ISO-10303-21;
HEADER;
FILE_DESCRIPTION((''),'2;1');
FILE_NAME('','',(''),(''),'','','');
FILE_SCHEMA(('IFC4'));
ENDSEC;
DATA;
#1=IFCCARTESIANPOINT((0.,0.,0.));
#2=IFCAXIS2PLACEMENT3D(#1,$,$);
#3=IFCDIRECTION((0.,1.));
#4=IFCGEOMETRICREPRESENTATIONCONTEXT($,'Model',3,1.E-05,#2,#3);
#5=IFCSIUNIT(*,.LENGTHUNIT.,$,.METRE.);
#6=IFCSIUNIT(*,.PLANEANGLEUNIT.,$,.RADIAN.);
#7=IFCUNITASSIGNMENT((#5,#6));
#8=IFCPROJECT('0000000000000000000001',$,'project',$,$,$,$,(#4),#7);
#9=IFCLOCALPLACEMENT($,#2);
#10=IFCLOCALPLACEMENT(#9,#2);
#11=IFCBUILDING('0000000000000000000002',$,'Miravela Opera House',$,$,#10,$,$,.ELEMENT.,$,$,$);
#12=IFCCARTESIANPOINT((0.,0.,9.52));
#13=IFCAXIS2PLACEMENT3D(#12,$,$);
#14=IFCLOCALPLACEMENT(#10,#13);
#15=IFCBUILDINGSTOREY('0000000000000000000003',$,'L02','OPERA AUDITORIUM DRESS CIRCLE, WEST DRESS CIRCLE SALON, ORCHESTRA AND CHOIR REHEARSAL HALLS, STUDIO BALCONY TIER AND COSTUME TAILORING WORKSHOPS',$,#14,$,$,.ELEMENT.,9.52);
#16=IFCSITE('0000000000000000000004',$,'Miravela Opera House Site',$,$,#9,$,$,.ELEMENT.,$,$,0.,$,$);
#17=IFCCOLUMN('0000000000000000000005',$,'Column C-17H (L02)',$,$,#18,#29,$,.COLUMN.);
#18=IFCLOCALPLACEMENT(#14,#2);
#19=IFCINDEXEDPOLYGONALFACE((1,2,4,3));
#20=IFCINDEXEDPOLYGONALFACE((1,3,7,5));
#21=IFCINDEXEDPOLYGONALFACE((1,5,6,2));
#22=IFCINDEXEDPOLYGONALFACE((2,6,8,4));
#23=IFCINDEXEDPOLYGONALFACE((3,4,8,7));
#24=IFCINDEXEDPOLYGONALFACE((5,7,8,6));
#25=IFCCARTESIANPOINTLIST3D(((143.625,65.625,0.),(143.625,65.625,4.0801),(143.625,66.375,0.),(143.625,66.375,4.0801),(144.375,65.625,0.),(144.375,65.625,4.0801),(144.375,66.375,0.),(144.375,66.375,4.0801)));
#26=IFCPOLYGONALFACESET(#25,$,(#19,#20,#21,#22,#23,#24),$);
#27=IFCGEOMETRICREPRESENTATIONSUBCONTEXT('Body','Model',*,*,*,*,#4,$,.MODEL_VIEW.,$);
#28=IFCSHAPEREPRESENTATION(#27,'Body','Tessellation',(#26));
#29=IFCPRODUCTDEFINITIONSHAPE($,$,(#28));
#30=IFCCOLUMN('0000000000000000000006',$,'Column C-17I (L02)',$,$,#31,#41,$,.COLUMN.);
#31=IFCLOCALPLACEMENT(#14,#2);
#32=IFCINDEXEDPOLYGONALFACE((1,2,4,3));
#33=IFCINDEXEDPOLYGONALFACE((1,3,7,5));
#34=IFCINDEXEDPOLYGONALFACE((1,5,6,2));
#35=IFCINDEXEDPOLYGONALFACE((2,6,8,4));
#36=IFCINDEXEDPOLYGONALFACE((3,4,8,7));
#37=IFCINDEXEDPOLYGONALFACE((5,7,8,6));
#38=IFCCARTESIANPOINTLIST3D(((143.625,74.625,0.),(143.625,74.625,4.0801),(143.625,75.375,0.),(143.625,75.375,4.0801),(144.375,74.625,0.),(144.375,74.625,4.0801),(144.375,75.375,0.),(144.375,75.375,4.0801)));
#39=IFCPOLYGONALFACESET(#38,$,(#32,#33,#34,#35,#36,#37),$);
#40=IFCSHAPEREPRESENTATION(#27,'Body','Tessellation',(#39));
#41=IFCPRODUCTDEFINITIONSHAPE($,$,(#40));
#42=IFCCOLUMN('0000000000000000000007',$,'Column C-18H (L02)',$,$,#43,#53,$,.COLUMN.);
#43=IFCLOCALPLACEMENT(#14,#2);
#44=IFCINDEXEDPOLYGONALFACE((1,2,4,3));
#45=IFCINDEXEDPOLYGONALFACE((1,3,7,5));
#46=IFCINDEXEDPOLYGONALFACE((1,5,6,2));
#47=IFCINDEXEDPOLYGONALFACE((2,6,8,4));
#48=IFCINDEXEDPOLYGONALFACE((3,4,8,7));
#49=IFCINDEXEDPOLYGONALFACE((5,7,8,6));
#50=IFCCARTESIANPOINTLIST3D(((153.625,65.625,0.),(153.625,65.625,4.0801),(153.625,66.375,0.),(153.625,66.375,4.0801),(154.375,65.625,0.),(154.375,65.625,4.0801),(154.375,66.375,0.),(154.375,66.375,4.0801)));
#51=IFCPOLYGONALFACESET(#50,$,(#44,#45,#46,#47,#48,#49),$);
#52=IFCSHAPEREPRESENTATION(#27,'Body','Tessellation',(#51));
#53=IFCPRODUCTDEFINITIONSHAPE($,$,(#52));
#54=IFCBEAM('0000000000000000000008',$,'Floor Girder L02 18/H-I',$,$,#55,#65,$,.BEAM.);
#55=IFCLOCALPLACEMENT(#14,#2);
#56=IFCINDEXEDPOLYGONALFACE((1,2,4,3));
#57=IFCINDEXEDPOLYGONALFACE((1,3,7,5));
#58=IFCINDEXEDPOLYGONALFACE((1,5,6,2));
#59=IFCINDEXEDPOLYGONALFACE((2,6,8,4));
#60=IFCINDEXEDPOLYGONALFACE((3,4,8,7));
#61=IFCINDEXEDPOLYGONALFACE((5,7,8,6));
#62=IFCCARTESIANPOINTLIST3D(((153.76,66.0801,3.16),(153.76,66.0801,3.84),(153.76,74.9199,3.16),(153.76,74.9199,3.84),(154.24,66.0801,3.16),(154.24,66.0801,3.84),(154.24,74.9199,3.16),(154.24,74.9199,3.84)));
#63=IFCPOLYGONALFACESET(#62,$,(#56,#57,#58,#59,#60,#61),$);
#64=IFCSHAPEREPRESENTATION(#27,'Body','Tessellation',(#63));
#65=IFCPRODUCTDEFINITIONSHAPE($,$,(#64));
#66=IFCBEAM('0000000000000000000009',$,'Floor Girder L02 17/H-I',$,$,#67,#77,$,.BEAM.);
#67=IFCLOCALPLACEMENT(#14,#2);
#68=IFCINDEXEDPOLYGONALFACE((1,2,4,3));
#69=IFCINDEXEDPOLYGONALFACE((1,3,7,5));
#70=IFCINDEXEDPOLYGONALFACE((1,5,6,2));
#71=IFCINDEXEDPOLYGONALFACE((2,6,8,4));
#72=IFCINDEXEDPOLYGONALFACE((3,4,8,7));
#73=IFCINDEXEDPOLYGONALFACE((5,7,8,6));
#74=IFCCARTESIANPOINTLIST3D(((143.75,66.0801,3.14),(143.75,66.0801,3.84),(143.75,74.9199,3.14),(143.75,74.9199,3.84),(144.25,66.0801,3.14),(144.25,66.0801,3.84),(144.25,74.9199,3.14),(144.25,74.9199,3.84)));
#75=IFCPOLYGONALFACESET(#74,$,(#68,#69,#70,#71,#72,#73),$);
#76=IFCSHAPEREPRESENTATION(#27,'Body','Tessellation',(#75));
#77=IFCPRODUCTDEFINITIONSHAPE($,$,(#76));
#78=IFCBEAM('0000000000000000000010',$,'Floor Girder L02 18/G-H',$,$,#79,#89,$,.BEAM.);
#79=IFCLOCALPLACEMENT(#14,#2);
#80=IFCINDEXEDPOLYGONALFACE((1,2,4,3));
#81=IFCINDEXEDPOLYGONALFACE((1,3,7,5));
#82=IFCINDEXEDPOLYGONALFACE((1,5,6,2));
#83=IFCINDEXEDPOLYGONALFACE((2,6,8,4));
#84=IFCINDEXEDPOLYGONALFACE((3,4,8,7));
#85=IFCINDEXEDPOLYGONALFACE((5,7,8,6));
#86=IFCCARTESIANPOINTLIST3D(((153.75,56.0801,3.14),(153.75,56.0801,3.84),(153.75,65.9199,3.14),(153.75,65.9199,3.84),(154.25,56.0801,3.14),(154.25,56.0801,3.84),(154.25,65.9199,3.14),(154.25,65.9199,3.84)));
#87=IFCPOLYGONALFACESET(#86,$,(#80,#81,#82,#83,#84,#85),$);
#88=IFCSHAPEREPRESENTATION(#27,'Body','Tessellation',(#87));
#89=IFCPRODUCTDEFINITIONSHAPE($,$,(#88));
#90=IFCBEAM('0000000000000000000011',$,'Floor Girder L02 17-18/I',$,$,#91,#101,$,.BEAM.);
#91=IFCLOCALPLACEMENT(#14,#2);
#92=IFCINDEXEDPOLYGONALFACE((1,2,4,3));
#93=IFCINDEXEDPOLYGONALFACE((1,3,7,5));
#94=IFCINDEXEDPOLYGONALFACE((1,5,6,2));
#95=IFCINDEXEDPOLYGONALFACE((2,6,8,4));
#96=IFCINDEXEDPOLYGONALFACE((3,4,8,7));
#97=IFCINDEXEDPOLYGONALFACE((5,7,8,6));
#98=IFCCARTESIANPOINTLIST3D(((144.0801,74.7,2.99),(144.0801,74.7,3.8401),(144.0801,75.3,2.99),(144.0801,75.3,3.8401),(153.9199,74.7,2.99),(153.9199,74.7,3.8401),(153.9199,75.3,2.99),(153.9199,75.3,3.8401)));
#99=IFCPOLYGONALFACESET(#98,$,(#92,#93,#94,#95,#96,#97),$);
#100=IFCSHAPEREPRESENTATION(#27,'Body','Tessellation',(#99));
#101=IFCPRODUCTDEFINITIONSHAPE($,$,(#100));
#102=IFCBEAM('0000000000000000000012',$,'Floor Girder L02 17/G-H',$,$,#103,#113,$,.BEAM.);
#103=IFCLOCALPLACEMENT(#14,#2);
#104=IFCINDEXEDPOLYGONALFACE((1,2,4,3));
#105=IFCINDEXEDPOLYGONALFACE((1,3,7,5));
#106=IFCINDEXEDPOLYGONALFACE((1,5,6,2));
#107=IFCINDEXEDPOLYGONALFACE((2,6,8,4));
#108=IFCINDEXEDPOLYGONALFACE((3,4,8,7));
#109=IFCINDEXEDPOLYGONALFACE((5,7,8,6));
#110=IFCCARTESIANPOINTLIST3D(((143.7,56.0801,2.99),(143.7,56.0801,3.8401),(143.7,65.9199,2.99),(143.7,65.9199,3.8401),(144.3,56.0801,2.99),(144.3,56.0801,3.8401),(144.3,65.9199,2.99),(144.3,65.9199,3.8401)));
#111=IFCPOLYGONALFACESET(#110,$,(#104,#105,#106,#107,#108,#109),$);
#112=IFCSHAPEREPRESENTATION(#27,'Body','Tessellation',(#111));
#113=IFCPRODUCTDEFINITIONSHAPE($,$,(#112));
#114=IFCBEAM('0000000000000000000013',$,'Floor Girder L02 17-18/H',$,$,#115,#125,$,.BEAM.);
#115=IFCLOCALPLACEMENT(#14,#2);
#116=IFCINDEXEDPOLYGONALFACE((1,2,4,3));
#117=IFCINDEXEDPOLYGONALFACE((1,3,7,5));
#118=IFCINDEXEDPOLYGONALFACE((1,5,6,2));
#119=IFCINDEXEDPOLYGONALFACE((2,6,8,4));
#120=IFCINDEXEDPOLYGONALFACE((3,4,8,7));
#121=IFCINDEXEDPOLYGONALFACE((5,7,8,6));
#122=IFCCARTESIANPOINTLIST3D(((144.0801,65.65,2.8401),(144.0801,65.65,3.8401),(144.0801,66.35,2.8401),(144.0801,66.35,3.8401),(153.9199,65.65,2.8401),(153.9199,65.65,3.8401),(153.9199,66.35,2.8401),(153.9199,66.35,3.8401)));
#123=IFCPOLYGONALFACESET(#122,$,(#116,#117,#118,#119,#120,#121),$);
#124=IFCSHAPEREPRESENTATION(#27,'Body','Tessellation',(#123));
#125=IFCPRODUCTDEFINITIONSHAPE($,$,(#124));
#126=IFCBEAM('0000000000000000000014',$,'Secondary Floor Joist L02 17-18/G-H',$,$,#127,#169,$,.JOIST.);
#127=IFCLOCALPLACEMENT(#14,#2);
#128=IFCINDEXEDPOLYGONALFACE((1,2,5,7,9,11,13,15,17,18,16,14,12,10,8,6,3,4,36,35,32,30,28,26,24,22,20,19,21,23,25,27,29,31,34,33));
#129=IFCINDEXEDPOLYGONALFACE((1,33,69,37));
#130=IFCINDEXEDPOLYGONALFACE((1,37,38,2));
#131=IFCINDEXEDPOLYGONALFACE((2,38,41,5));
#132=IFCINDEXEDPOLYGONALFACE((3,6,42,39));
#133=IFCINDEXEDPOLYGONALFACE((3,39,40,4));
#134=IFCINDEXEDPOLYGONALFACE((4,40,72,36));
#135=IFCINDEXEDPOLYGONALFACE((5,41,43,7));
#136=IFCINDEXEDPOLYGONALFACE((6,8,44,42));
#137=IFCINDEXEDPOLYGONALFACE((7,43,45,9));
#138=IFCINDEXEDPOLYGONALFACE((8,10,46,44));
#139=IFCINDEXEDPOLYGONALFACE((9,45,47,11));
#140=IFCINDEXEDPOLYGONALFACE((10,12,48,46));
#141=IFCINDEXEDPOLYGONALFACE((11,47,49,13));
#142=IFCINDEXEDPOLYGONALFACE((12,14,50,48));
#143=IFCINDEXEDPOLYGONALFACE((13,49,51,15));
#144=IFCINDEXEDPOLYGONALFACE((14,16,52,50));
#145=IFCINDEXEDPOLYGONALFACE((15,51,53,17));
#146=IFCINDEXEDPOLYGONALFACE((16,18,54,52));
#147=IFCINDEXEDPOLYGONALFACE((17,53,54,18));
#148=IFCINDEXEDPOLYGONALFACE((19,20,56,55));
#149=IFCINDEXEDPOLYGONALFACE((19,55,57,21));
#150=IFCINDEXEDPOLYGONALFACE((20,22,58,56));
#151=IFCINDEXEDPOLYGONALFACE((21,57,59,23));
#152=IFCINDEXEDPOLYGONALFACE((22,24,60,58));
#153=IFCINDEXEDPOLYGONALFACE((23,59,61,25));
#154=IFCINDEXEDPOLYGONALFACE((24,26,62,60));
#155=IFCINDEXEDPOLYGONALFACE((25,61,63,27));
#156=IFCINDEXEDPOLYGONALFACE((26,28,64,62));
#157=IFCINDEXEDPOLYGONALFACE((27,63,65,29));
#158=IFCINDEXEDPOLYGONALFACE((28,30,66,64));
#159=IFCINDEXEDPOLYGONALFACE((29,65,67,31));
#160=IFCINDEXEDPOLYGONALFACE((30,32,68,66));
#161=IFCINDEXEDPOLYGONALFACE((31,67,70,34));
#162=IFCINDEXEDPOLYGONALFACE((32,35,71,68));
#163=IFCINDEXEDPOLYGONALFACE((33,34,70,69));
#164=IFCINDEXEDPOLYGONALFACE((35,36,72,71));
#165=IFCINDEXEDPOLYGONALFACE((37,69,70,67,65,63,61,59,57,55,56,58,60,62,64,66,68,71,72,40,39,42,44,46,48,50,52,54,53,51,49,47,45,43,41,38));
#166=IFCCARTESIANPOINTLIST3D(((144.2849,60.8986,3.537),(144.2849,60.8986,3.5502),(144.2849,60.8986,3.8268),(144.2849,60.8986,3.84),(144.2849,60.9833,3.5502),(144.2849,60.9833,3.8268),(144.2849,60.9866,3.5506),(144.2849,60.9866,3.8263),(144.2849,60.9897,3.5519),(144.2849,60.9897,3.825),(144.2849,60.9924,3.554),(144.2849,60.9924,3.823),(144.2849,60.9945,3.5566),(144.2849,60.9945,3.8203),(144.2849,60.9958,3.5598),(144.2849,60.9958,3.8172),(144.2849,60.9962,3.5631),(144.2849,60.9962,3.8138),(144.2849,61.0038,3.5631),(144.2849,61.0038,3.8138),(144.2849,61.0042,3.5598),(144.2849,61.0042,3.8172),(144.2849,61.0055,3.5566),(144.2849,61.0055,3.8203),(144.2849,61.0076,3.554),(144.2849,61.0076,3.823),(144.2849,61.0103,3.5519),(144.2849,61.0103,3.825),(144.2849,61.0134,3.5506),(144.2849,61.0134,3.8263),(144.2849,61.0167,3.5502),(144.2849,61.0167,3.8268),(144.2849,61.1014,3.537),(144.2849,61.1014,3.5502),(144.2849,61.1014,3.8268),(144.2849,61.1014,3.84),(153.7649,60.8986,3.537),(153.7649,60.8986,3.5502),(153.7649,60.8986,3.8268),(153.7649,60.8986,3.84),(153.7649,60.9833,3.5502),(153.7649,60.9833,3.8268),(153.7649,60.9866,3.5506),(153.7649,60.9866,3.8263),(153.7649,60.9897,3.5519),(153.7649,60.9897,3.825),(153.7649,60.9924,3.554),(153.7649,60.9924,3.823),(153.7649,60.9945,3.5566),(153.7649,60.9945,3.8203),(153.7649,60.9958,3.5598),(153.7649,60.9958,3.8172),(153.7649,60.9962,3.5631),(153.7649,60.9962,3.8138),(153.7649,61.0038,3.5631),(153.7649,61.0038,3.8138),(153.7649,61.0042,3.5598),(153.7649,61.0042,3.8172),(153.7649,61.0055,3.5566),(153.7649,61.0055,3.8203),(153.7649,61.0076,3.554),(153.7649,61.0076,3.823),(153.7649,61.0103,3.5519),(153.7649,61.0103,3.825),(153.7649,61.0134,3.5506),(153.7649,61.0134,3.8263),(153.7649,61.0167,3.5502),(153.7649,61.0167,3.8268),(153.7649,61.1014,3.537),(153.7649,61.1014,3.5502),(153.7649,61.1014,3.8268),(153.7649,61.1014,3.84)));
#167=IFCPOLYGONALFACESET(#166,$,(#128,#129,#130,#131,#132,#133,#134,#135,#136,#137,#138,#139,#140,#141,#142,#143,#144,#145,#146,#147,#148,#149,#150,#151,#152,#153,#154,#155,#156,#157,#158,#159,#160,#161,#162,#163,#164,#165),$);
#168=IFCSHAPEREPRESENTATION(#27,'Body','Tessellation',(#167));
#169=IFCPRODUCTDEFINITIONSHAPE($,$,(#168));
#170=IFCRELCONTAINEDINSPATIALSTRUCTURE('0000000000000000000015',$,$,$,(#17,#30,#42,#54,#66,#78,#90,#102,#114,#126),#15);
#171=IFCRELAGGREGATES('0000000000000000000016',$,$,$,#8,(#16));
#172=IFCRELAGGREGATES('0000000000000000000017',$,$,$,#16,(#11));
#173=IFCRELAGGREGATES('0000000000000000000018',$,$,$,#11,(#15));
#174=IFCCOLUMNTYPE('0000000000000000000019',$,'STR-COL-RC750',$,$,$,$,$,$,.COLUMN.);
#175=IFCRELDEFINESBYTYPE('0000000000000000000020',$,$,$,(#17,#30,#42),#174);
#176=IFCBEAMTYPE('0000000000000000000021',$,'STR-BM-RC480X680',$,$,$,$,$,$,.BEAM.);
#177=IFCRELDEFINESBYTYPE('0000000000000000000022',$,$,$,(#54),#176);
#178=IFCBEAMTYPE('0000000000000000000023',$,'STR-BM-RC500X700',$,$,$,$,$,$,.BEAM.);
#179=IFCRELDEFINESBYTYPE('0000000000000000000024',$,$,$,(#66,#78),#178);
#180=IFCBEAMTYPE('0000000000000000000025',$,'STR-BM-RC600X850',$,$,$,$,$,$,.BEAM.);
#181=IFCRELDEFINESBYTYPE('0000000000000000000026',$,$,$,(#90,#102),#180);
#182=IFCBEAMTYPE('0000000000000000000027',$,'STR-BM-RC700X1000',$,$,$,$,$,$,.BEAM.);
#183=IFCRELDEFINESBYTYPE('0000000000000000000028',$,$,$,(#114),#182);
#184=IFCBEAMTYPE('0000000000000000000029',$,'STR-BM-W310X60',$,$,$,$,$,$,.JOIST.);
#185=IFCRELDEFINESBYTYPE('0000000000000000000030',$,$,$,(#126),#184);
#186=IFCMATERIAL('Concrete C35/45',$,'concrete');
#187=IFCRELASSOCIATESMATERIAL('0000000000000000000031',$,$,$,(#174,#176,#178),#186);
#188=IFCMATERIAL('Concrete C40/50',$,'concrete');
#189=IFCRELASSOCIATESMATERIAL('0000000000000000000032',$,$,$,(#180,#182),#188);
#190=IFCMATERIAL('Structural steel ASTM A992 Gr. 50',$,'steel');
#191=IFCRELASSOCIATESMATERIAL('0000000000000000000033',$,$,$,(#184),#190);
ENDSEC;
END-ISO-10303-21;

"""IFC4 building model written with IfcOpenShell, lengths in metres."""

from ifc_helpers import new_model, si_unit, direction, frame, origin, origin_2d, place, context, subcontext, project, spatial, rectangle, i_section, extrude, material, material_profile, profile_set, type_object, element, save


model = new_model("IFC4")

# Units and contexts
model_context = context("Model", 3, precision=1e-05, world=origin(), true_north=direction((0.0, 1.0)))
body_context = subcontext(model_context, "Body", "Model", "MODEL_VIEW")
ifc_project = project(units=[si_unit("LENGTHUNIT", "METRE"), si_unit("PLANEANGLEUNIT", "RADIAN")], contexts=[model_context])

# Site, building, storey
site_placement = place(None, origin())
site = spatial("IfcSite", under=ifc_project, at=site_placement, Name="Miravela Opera House Site", CompositionType="ELEMENT", RefElevation=0.0)
building_placement = place(site_placement, origin())
building = spatial("IfcBuilding", under=site, at=building_placement, Name="Miravela Opera House", CompositionType="ELEMENT")
storey_placement = place(building_placement, frame((0.0, 0.0, 9.52)))
storey = spatial("IfcBuildingStorey", under=building, at=storey_placement, Name="L02", Description="OPERA AUDITORIUM DRESS CIRCLE, WEST DRESS CIRCLE SALON, ORCHESTRA AND CHOIR REHEARSAL HALLS, STUDIO BALCONY TIER AND COSTUME TAILORING WORKSHOPS", CompositionType="ELEMENT", Elevation=9.52)

# Columns
ifc_material_1 = material(Name="Concrete C35/45", Category="concrete")
ifc_material_profile_1 = material_profile(ifc_material_1, rectangle(XDim=0.75, YDim=0.75, at=origin_2d()), Name="RC-COL-750X750")
ifc_profile_set_1 = profile_set([ifc_material_profile_1])
column_type = type_object("IfcColumnType", Name="STR-COL-RC750", PredefinedType="COLUMN", material=ifc_profile_set_1)
for number, where, z_axis, x_axis, name in (
    (1, (144.0, 66.0, 0.0), (0.0, 0.0, 1.0), (1.0, 0.0, 0.0), "Column C-17H (L02)"),
    (2, (144.0, 75.0, 0.0), (0.0, 0.0, 1.0), (1.0, 0.0, 0.0), "Column C-17I (L02)"),
    (3, (154.0, 66.0, 0.0), (0.0, 0.0, 1.0), (1.0, 0.0, 0.0), "Column C-18H (L02)"),
):
    element("IfcColumn", number, at=place(storey_placement, frame(where, z_axis=z_axis, x_axis=x_axis)), inside=storey, type_object=column_type, Name=name, PredefinedType="COLUMN", context=body_context, shape_type="SweptSolid", body=[
        extrude(rectangle(XDim=0.75, YDim=0.75, at=origin_2d()), origin(), (0.0, 0.0, 1.0), 4.0801),
    ])

# Beams
ifc_material_profile_2 = material_profile(ifc_material_1, rectangle(XDim=0.48, YDim=0.6799, at=origin_2d()), Name="RC-BM-480X680")
ifc_profile_set_2 = profile_set([ifc_material_profile_2])
beam_type_1 = type_object("IfcBeamType", Name="STR-BM-RC480X680", PredefinedType="BEAM", material=ifc_profile_set_2)
beam_1_placement = place(storey_placement, frame((154.0, 66.0801, 3.5), z_axis=(0.0, 1.0, 0.0), x_axis=(-1.0, 0.0, 0.0)))
element("IfcBeam", 4, at=beam_1_placement, inside=storey, type_object=beam_type_1, Name="Floor Girder L02 18/H-I", PredefinedType="BEAM", context=body_context, shape_type="SweptSolid", body=[
    extrude(rectangle(XDim=0.48, YDim=0.6799, at=origin_2d()), origin(), (0.0, 0.0, 1.0), 8.8398),
])
ifc_material_profile_3 = material_profile(ifc_material_1, rectangle(XDim=0.5, YDim=0.7, at=origin_2d()), Name="RC-BM-500X700")
ifc_profile_set_3 = profile_set([ifc_material_profile_3])
beam_type_2 = type_object("IfcBeamType", Name="STR-BM-RC500X700", PredefinedType="BEAM", material=ifc_profile_set_3)
beam_2_placement = place(storey_placement, frame((144.0, 66.0801, 3.49), z_axis=(0.0, 1.0, 0.0), x_axis=(-1.0, 0.0, 0.0)))
element("IfcBeam", 5, at=beam_2_placement, inside=storey, type_object=beam_type_2, Name="Floor Girder L02 17/H-I", PredefinedType="BEAM", context=body_context, shape_type="SweptSolid", body=[
    extrude(rectangle(XDim=0.5, YDim=0.7, at=origin_2d()), origin(), (0.0, 0.0, 1.0), 8.8398),
])
beam_3_placement = place(storey_placement, frame((154.0, 56.0801, 3.49), z_axis=(0.0, 1.0, 0.0), x_axis=(-1.0, 0.0, 0.0)))
element("IfcBeam", 6, at=beam_3_placement, inside=storey, type_object=beam_type_2, Name="Floor Girder L02 18/G-H", PredefinedType="BEAM", context=body_context, shape_type="SweptSolid", body=[
    extrude(rectangle(XDim=0.5, YDim=0.7, at=origin_2d()), origin(), (0.0, 0.0, 1.0), 9.8398),
])
ifc_material_2 = material(Name="Concrete C40/50", Category="concrete")
ifc_material_profile_4 = material_profile(ifc_material_2, rectangle(XDim=0.6001, YDim=0.8501, at=origin_2d()), Name="RC-BM-600X850")
ifc_profile_set_4 = profile_set([ifc_material_profile_4])
beam_type_3 = type_object("IfcBeamType", Name="STR-BM-RC600X850", PredefinedType="BEAM", material=ifc_profile_set_4)
for number, where, z_axis, x_axis, name in (
    (7, (144.0801, 75.0, 3.415), (1.0, 0.0, 0.0), (0.0, 1.0, 0.0), "Floor Girder L02 17-18/I"),
    (8, (144.0, 56.0801, 3.415), (0.0, 1.0, 0.0), (-1.0, 0.0, 0.0), "Floor Girder L02 17/G-H"),
):
    element("IfcBeam", number, at=place(storey_placement, frame(where, z_axis=z_axis, x_axis=x_axis)), inside=storey, type_object=beam_type_3, Name=name, PredefinedType="BEAM", context=body_context, shape_type="SweptSolid", body=[
        extrude(rectangle(XDim=0.6001, YDim=0.8501, at=origin_2d()), origin(), (0.0, 0.0, 1.0), 9.8398),
    ])
ifc_material_profile_5 = material_profile(ifc_material_2, rectangle(XDim=0.7, YDim=1.0, at=origin_2d()), Name="RC-BM-700X1000")
ifc_profile_set_5 = profile_set([ifc_material_profile_5])
beam_type_4 = type_object("IfcBeamType", Name="STR-BM-RC700X1000", PredefinedType="BEAM", material=ifc_profile_set_5)
beam_4_placement = place(storey_placement, frame((144.0801, 66.0, 3.3401), z_axis=(1.0, 0.0, 0.0), x_axis=(0.0, 1.0, 0.0)))
element("IfcBeam", 9, at=beam_4_placement, inside=storey, type_object=beam_type_4, Name="Floor Girder L02 17-18/H", PredefinedType="BEAM", context=body_context, shape_type="SweptSolid", body=[
    extrude(rectangle(XDim=0.7, YDim=1.0, at=origin_2d()), origin(), (0.0, 0.0, 1.0), 9.8398),
])
ifc_material_3 = material(Name="Structural steel ASTM A992 Gr. 50", Category="steel")
ifc_material_profile_6 = material_profile(ifc_material_3, i_section(OverallWidth=0.2029, OverallDepth=0.303, WebThickness=0.0076, FlangeThickness=0.0132, FilletRadius=0.0129, at=origin_2d()), Name="W310X60")
ifc_profile_set_6 = profile_set([ifc_material_profile_6])
beam_type_5 = type_object("IfcBeamType", Name="STR-BM-W310X60", PredefinedType="JOIST", material=ifc_profile_set_6)
beam_5_placement = place(storey_placement, frame((144.2849, 61.0, 3.6885), z_axis=(1.0, 0.0, 0.0), x_axis=(0.0, 1.0, 0.0)))
element("IfcBeam", 10, at=beam_5_placement, inside=storey, type_object=beam_type_5, Name="Secondary Floor Joist L02 17-18/G-H", PredefinedType="JOIST", context=body_context, shape_type="SweptSolid", body=[
    extrude(i_section(OverallWidth=0.2029, OverallDepth=0.303, WebThickness=0.0076, FlangeThickness=0.0132, FilletRadius=0.0129, at=origin_2d()), origin(), (0.0, 0.0, 1.0), 9.48),
])

save(model, "model.ifc")
